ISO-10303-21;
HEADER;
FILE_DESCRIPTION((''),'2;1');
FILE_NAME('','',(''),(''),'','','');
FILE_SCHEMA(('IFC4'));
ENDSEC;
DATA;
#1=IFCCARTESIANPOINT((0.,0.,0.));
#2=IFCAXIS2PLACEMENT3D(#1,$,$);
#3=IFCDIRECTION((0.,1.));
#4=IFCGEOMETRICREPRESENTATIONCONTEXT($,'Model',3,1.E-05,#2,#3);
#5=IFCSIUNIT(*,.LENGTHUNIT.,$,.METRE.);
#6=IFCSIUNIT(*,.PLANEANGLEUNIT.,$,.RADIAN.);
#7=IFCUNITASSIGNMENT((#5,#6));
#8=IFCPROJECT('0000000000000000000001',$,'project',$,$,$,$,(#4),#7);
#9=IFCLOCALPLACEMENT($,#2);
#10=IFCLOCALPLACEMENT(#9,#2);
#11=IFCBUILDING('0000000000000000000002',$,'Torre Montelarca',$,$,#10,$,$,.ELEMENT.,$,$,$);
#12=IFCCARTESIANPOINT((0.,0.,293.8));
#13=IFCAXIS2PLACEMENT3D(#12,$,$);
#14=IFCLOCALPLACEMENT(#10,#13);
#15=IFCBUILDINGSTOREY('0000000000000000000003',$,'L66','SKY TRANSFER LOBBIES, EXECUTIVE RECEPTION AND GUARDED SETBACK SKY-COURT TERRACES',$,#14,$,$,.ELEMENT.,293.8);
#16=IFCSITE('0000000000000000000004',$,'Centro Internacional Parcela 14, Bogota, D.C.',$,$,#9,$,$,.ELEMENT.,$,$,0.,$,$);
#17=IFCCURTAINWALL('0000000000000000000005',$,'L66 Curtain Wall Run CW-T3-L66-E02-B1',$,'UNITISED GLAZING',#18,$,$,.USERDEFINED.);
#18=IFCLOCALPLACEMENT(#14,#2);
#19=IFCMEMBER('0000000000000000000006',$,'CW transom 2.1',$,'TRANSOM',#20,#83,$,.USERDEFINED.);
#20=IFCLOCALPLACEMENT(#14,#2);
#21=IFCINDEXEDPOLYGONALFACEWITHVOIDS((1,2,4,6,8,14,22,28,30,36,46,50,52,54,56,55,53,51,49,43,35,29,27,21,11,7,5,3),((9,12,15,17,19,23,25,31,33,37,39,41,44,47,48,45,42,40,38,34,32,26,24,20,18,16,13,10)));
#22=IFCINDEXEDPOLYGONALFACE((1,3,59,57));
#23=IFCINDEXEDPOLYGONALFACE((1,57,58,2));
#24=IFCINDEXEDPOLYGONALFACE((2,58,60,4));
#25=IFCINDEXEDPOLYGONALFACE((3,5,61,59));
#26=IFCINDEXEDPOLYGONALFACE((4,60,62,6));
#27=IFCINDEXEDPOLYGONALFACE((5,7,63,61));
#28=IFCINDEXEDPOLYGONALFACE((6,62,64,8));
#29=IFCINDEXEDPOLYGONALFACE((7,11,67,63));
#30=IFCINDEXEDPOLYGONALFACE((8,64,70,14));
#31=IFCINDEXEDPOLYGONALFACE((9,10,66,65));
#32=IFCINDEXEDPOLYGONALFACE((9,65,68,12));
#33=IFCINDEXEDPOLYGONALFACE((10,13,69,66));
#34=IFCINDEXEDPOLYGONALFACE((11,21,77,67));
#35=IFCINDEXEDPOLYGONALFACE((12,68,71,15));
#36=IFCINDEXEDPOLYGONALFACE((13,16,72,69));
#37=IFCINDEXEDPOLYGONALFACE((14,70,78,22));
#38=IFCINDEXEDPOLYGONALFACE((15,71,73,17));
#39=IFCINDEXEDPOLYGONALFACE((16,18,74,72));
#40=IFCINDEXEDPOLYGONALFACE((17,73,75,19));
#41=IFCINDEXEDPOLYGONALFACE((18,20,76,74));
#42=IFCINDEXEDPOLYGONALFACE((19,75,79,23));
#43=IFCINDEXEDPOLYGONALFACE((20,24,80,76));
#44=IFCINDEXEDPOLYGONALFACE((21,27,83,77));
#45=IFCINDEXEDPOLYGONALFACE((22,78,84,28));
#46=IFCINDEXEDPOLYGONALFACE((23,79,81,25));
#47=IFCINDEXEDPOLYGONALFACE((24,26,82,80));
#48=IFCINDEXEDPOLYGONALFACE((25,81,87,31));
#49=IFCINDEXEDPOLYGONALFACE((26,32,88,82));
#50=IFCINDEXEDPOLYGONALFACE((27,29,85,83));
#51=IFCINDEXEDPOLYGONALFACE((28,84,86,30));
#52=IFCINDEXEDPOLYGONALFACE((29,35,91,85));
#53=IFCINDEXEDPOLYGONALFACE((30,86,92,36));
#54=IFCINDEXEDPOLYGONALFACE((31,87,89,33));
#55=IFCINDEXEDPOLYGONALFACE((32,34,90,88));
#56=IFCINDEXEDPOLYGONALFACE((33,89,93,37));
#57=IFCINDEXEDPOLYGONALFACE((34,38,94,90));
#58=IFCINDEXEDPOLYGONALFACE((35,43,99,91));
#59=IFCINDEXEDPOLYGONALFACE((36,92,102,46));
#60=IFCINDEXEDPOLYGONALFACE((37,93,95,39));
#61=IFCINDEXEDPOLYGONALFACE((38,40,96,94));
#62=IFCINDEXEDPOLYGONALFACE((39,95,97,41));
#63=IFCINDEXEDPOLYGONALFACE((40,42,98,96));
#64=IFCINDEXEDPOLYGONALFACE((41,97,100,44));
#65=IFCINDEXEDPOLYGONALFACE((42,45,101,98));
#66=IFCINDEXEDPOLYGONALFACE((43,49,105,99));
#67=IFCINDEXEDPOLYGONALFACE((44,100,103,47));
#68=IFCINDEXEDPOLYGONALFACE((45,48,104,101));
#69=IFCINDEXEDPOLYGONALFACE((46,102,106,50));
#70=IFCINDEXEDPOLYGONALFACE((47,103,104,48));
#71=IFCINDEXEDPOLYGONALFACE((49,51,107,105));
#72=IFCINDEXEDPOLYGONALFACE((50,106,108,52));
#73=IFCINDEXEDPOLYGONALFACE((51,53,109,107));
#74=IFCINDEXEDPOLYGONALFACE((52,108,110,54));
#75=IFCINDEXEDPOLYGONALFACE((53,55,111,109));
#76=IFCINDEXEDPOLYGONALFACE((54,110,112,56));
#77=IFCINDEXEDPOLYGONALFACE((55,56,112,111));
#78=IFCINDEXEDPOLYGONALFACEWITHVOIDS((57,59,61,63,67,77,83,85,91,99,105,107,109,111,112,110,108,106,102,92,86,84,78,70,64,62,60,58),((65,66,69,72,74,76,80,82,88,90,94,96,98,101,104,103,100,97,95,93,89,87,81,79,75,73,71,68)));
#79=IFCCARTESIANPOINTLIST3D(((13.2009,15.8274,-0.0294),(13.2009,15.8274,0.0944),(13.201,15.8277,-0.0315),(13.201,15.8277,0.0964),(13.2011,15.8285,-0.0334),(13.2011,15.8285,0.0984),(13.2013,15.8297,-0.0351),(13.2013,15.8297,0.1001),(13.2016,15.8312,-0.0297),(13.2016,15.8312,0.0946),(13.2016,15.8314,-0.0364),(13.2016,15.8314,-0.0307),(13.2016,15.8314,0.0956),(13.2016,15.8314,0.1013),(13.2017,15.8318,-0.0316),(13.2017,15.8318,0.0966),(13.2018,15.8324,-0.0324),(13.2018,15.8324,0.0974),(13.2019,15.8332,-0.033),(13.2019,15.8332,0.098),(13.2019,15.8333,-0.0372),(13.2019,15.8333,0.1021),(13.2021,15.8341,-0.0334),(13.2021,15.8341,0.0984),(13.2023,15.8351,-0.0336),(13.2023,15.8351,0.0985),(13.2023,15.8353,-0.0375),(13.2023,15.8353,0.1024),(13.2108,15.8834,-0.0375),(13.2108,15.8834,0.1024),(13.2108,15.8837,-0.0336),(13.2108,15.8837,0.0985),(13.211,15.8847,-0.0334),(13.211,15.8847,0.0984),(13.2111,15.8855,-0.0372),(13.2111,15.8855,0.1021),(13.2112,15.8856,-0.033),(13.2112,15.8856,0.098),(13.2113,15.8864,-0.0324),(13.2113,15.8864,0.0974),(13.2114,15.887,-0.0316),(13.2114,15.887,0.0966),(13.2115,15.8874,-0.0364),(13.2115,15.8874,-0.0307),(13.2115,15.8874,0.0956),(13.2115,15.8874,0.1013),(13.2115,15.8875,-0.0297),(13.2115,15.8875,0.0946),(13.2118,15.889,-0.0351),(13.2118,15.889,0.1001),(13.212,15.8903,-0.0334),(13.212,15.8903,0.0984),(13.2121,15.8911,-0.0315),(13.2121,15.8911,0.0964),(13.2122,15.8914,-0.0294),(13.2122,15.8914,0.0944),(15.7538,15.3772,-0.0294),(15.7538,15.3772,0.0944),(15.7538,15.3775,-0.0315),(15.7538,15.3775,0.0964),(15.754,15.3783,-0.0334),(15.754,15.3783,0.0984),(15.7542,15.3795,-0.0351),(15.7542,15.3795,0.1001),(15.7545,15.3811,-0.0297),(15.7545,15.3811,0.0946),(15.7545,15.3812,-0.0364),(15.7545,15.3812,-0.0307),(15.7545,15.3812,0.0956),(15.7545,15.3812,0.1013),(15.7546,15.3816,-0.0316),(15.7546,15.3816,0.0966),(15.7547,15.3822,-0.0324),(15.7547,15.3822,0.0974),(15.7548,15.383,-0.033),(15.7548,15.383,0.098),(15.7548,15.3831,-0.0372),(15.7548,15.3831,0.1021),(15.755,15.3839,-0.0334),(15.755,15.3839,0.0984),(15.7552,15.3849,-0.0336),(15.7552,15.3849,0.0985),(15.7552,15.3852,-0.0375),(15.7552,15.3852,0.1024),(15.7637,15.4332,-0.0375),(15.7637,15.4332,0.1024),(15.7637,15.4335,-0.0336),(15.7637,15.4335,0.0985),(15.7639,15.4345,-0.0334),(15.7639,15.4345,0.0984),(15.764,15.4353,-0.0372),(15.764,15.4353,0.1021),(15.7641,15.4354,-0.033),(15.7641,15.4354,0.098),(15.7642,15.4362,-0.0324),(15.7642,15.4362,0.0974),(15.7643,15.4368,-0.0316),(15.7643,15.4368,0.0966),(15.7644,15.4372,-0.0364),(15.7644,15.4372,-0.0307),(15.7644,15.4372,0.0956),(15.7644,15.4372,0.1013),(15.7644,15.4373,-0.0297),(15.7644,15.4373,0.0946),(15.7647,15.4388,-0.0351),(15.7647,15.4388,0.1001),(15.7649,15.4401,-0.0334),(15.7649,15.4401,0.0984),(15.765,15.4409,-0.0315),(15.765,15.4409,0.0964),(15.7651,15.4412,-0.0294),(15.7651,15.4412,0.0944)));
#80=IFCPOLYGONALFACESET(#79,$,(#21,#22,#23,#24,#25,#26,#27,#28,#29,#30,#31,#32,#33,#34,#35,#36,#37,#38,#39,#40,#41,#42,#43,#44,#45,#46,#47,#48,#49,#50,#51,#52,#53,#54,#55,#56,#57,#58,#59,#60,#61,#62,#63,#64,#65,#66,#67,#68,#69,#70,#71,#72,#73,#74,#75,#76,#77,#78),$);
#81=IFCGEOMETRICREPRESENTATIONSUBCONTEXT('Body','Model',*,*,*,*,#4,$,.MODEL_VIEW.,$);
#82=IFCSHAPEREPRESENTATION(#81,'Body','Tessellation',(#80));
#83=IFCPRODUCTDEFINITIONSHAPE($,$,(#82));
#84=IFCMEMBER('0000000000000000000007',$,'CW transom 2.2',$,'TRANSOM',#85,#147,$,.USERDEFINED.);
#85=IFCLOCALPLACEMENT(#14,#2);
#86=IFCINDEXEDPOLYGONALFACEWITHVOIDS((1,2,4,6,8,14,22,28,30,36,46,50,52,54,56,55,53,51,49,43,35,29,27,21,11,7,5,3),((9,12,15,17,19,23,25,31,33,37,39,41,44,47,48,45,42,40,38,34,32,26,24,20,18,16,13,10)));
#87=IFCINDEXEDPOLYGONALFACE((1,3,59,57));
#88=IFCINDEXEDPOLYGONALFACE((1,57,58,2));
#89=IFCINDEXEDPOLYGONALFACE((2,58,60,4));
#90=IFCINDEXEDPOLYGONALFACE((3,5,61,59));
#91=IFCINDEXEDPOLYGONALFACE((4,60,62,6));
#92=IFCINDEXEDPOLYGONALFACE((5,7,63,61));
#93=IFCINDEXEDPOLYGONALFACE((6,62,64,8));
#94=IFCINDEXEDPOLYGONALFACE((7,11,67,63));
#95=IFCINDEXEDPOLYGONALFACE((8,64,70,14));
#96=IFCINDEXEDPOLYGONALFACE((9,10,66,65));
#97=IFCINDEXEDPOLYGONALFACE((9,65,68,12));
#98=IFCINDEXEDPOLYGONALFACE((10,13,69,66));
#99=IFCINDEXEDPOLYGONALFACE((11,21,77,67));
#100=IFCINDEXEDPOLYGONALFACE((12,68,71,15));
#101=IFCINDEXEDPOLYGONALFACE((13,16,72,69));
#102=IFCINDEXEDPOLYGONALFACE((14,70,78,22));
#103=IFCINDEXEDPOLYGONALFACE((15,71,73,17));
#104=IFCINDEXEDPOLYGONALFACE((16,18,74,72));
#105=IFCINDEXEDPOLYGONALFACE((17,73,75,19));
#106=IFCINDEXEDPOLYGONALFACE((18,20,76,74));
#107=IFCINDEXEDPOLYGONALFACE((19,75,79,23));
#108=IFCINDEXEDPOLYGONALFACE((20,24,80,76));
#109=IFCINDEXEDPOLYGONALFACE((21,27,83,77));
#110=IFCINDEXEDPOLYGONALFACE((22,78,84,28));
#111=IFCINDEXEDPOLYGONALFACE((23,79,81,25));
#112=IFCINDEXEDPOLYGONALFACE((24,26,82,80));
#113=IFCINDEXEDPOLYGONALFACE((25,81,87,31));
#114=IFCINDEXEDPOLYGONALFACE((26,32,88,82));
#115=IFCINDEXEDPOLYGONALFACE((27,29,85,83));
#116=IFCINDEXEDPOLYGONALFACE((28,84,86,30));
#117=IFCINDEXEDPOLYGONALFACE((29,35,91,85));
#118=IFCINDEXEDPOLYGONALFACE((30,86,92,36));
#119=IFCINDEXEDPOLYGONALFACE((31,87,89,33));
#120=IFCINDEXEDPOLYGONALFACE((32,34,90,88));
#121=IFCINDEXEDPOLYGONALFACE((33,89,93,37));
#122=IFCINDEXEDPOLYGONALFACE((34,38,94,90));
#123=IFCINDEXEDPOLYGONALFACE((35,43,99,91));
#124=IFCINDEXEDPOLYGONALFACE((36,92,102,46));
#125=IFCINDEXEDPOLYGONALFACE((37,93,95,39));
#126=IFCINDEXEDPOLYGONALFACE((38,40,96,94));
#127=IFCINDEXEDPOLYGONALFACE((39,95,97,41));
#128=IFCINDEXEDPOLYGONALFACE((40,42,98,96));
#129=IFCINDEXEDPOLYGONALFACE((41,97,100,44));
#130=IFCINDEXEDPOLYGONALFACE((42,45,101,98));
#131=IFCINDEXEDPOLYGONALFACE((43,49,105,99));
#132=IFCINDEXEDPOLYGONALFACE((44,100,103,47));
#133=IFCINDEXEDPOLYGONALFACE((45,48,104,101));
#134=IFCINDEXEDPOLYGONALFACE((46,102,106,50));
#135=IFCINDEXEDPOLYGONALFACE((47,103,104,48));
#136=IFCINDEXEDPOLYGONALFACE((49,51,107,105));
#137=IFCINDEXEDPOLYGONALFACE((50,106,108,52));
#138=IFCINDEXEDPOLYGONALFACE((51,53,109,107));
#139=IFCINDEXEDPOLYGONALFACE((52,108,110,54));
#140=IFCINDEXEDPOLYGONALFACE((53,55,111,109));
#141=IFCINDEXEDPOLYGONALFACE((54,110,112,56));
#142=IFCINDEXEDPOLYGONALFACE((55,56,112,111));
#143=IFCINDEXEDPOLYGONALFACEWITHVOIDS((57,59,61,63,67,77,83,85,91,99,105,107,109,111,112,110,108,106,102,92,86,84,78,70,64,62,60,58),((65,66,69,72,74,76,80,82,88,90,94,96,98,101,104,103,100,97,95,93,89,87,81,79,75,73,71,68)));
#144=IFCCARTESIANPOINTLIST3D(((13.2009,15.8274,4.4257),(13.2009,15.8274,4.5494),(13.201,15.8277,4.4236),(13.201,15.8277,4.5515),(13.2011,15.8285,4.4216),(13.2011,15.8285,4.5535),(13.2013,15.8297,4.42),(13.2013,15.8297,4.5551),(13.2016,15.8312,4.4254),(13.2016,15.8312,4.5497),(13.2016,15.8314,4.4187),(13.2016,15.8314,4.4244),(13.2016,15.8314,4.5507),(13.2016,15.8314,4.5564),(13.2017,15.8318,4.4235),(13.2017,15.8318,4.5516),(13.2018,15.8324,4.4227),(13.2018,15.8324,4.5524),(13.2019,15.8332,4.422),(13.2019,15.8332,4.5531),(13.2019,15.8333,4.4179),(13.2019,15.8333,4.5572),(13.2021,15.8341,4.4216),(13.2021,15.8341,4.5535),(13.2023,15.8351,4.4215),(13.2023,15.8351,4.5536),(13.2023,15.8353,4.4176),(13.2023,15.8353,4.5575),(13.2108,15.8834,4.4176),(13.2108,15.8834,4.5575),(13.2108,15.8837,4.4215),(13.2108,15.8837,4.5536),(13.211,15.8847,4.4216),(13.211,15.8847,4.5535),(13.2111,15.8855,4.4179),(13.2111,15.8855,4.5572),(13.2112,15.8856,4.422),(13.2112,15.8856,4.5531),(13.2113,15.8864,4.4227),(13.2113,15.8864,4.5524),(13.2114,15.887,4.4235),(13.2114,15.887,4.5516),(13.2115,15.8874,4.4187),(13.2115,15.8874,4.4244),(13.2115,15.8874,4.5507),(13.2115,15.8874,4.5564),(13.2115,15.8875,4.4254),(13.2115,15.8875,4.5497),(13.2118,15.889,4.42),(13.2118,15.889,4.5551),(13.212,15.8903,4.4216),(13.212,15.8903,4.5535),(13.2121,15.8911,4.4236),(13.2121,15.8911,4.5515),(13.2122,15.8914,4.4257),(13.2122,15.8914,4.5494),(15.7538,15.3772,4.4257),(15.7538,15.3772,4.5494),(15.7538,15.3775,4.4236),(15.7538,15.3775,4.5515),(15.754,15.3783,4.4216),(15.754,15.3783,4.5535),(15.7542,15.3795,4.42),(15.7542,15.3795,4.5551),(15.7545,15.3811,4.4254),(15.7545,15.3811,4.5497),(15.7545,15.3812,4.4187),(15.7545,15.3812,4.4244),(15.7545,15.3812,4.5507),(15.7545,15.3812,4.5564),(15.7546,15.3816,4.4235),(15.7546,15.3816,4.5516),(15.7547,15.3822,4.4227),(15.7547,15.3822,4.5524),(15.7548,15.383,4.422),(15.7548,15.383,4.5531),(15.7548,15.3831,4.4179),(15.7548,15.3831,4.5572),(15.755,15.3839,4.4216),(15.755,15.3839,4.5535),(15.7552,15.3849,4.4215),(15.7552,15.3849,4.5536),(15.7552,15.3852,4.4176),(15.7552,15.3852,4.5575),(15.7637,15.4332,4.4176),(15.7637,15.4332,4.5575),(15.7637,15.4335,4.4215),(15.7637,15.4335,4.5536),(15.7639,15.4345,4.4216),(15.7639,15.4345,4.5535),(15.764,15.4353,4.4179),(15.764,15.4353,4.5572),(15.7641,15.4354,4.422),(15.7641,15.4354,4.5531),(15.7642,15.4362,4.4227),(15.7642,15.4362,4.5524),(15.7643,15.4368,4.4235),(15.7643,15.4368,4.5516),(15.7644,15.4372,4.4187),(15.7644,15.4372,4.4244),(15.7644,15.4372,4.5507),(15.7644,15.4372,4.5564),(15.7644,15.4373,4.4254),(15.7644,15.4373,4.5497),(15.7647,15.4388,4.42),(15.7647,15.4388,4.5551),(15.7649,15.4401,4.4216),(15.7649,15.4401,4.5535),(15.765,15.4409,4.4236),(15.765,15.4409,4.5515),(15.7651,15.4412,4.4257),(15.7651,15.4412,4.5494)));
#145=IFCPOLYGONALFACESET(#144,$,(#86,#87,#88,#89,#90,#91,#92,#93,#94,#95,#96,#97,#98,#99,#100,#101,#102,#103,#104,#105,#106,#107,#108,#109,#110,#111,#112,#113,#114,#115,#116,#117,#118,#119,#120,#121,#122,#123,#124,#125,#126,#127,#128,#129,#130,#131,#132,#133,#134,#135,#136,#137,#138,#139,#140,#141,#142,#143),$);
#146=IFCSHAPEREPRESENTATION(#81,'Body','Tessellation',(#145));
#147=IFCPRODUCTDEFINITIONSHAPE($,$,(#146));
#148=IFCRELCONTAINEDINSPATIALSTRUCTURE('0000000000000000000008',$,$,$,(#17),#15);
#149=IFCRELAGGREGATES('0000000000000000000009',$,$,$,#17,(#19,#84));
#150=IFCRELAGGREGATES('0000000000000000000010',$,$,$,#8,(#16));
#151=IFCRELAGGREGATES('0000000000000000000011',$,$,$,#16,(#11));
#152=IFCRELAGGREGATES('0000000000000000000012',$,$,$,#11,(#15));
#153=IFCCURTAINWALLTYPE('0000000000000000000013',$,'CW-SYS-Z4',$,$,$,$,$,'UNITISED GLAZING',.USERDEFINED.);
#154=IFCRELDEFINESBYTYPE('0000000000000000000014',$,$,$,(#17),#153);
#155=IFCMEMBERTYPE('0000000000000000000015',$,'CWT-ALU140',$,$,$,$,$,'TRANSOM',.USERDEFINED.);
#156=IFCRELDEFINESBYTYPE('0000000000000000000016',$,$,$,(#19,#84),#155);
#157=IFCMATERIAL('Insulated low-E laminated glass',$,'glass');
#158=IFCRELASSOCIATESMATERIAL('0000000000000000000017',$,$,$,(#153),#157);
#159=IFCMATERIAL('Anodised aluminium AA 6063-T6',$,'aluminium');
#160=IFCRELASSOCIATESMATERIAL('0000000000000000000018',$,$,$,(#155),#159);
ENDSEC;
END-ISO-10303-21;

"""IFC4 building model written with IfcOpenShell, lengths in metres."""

from ifc_helpers import new_model, si_unit, direction, frame, origin, origin_2d, place, context, subcontext, project, spatial, hollow_rectangle, extrude, source, transform, mapped, material, material_profile, profile_set, type_object, element, aggregate, save


model = new_model("IFC4")

# Units and contexts
model_context = context("Model", 3, precision=1e-05, world=origin(), true_north=direction((0.0, 1.0)))
body_context = subcontext(model_context, "Body", "Model", "MODEL_VIEW")
ifc_project = project(units=[si_unit("LENGTHUNIT", "METRE"), si_unit("PLANEANGLEUNIT", "RADIAN")], contexts=[model_context])

# Site, building, storey
site_placement = place(None, origin())
site = spatial("IfcSite", under=ifc_project, at=site_placement, Name="Centro Internacional Parcela 14, Bogota, D.C.", CompositionType="ELEMENT", RefElevation=0.0)
building_placement = place(site_placement, origin())
building = spatial("IfcBuilding", under=site, at=building_placement, Name="Torre Montelarca", CompositionType="ELEMENT")
storey_placement = place(building_placement, frame((0.0, 0.0, 293.8)))
storey = spatial("IfcBuildingStorey", under=building, at=storey_placement, Name="L66", Description="SKY TRANSFER LOBBIES, EXECUTIVE RECEPTION AND GUARDED SETBACK SKY-COURT TERRACES", CompositionType="ELEMENT", Elevation=293.8)

# Curtain wall, members
ifc_material_1 = material(Name="Insulated low-E laminated glass", Category="glass")
curtain_wall_type = type_object("IfcCurtainWallType", Name="CW-SYS-Z4", ElementType="UNITISED GLAZING", PredefinedType="USERDEFINED", material=ifc_material_1)
curtain_wall_1_placement = place(storey_placement, origin())
curtain_wall_1 = element("IfcCurtainWall", 1, at=curtain_wall_1_placement, inside=storey, type_object=curtain_wall_type, Name="L66 Curtain Wall Run CW-T3-L66-E02-B1", ObjectType="UNITISED GLAZING", PredefinedType="USERDEFINED")
ifc_material_2 = material(Name="Anodised aluminium AA 6063-T6", Category="aluminium")
ifc_material_profile_1 = material_profile(ifc_material_2, hollow_rectangle(XDim=0.0649, YDim=0.1399, WallThickness=0.0039, InnerFilletRadius=0.0039, OuterFilletRadius=0.0081, at=origin_2d()), Name="ALU65X140X4", Category="aluminium")
ifc_profile_set_1 = profile_set([ifc_material_profile_1], Name="Anodised aluminium AA 6063-T6")
member_type_1 = type_object("IfcMemberType", Name="CWT-ALU140", ElementType="TRANSOM", PredefinedType="USERDEFINED", material=ifc_profile_set_1)
shared_shape_1 = source(origin(), body_context, "Body", "SweptSolid", [
    extrude(hollow_rectangle(XDim=0.0649, YDim=0.1399, WallThickness=0.0039, InnerFilletRadius=0.0039, OuterFilletRadius=0.0081, at=origin_2d()), origin(), (0.0, 0.0, 1.0), 2.5923),
])
member_1_placement = place(storey_placement, frame((13.2065, 15.8594, 0.0325), z_axis=(0.984805, -0.173662, 0.0), x_axis=(0.173662, 0.984805, 0.0)))
member_1 = element("IfcMember", 2, at=member_1_placement, type_object=member_type_1, Name="CW transom 2.1", ObjectType="TRANSOM", PredefinedType="USERDEFINED", context=body_context, shape_type="MappedRepresentation", body=[
    mapped(shared_shape_1, transform((0.0, 0.0, 0.0), scale=1.0)),
])
member_2_placement = place(storey_placement, frame((13.2065, 15.8594, 4.4875), z_axis=(0.984805, -0.173662, 0.0), x_axis=(0.173662, 0.984805, 0.0)))
member_2 = element("IfcMember", 3, at=member_2_placement, type_object=member_type_1, Name="CW transom 2.2", ObjectType="TRANSOM", PredefinedType="USERDEFINED", context=body_context, shape_type="MappedRepresentation", body=[
    mapped(shared_shape_1, transform((0.0, 0.0, 0.0), scale=1.0)),
])

aggregate(curtain_wall_1, [member_1, member_2])

save(model, "model.ifc")
